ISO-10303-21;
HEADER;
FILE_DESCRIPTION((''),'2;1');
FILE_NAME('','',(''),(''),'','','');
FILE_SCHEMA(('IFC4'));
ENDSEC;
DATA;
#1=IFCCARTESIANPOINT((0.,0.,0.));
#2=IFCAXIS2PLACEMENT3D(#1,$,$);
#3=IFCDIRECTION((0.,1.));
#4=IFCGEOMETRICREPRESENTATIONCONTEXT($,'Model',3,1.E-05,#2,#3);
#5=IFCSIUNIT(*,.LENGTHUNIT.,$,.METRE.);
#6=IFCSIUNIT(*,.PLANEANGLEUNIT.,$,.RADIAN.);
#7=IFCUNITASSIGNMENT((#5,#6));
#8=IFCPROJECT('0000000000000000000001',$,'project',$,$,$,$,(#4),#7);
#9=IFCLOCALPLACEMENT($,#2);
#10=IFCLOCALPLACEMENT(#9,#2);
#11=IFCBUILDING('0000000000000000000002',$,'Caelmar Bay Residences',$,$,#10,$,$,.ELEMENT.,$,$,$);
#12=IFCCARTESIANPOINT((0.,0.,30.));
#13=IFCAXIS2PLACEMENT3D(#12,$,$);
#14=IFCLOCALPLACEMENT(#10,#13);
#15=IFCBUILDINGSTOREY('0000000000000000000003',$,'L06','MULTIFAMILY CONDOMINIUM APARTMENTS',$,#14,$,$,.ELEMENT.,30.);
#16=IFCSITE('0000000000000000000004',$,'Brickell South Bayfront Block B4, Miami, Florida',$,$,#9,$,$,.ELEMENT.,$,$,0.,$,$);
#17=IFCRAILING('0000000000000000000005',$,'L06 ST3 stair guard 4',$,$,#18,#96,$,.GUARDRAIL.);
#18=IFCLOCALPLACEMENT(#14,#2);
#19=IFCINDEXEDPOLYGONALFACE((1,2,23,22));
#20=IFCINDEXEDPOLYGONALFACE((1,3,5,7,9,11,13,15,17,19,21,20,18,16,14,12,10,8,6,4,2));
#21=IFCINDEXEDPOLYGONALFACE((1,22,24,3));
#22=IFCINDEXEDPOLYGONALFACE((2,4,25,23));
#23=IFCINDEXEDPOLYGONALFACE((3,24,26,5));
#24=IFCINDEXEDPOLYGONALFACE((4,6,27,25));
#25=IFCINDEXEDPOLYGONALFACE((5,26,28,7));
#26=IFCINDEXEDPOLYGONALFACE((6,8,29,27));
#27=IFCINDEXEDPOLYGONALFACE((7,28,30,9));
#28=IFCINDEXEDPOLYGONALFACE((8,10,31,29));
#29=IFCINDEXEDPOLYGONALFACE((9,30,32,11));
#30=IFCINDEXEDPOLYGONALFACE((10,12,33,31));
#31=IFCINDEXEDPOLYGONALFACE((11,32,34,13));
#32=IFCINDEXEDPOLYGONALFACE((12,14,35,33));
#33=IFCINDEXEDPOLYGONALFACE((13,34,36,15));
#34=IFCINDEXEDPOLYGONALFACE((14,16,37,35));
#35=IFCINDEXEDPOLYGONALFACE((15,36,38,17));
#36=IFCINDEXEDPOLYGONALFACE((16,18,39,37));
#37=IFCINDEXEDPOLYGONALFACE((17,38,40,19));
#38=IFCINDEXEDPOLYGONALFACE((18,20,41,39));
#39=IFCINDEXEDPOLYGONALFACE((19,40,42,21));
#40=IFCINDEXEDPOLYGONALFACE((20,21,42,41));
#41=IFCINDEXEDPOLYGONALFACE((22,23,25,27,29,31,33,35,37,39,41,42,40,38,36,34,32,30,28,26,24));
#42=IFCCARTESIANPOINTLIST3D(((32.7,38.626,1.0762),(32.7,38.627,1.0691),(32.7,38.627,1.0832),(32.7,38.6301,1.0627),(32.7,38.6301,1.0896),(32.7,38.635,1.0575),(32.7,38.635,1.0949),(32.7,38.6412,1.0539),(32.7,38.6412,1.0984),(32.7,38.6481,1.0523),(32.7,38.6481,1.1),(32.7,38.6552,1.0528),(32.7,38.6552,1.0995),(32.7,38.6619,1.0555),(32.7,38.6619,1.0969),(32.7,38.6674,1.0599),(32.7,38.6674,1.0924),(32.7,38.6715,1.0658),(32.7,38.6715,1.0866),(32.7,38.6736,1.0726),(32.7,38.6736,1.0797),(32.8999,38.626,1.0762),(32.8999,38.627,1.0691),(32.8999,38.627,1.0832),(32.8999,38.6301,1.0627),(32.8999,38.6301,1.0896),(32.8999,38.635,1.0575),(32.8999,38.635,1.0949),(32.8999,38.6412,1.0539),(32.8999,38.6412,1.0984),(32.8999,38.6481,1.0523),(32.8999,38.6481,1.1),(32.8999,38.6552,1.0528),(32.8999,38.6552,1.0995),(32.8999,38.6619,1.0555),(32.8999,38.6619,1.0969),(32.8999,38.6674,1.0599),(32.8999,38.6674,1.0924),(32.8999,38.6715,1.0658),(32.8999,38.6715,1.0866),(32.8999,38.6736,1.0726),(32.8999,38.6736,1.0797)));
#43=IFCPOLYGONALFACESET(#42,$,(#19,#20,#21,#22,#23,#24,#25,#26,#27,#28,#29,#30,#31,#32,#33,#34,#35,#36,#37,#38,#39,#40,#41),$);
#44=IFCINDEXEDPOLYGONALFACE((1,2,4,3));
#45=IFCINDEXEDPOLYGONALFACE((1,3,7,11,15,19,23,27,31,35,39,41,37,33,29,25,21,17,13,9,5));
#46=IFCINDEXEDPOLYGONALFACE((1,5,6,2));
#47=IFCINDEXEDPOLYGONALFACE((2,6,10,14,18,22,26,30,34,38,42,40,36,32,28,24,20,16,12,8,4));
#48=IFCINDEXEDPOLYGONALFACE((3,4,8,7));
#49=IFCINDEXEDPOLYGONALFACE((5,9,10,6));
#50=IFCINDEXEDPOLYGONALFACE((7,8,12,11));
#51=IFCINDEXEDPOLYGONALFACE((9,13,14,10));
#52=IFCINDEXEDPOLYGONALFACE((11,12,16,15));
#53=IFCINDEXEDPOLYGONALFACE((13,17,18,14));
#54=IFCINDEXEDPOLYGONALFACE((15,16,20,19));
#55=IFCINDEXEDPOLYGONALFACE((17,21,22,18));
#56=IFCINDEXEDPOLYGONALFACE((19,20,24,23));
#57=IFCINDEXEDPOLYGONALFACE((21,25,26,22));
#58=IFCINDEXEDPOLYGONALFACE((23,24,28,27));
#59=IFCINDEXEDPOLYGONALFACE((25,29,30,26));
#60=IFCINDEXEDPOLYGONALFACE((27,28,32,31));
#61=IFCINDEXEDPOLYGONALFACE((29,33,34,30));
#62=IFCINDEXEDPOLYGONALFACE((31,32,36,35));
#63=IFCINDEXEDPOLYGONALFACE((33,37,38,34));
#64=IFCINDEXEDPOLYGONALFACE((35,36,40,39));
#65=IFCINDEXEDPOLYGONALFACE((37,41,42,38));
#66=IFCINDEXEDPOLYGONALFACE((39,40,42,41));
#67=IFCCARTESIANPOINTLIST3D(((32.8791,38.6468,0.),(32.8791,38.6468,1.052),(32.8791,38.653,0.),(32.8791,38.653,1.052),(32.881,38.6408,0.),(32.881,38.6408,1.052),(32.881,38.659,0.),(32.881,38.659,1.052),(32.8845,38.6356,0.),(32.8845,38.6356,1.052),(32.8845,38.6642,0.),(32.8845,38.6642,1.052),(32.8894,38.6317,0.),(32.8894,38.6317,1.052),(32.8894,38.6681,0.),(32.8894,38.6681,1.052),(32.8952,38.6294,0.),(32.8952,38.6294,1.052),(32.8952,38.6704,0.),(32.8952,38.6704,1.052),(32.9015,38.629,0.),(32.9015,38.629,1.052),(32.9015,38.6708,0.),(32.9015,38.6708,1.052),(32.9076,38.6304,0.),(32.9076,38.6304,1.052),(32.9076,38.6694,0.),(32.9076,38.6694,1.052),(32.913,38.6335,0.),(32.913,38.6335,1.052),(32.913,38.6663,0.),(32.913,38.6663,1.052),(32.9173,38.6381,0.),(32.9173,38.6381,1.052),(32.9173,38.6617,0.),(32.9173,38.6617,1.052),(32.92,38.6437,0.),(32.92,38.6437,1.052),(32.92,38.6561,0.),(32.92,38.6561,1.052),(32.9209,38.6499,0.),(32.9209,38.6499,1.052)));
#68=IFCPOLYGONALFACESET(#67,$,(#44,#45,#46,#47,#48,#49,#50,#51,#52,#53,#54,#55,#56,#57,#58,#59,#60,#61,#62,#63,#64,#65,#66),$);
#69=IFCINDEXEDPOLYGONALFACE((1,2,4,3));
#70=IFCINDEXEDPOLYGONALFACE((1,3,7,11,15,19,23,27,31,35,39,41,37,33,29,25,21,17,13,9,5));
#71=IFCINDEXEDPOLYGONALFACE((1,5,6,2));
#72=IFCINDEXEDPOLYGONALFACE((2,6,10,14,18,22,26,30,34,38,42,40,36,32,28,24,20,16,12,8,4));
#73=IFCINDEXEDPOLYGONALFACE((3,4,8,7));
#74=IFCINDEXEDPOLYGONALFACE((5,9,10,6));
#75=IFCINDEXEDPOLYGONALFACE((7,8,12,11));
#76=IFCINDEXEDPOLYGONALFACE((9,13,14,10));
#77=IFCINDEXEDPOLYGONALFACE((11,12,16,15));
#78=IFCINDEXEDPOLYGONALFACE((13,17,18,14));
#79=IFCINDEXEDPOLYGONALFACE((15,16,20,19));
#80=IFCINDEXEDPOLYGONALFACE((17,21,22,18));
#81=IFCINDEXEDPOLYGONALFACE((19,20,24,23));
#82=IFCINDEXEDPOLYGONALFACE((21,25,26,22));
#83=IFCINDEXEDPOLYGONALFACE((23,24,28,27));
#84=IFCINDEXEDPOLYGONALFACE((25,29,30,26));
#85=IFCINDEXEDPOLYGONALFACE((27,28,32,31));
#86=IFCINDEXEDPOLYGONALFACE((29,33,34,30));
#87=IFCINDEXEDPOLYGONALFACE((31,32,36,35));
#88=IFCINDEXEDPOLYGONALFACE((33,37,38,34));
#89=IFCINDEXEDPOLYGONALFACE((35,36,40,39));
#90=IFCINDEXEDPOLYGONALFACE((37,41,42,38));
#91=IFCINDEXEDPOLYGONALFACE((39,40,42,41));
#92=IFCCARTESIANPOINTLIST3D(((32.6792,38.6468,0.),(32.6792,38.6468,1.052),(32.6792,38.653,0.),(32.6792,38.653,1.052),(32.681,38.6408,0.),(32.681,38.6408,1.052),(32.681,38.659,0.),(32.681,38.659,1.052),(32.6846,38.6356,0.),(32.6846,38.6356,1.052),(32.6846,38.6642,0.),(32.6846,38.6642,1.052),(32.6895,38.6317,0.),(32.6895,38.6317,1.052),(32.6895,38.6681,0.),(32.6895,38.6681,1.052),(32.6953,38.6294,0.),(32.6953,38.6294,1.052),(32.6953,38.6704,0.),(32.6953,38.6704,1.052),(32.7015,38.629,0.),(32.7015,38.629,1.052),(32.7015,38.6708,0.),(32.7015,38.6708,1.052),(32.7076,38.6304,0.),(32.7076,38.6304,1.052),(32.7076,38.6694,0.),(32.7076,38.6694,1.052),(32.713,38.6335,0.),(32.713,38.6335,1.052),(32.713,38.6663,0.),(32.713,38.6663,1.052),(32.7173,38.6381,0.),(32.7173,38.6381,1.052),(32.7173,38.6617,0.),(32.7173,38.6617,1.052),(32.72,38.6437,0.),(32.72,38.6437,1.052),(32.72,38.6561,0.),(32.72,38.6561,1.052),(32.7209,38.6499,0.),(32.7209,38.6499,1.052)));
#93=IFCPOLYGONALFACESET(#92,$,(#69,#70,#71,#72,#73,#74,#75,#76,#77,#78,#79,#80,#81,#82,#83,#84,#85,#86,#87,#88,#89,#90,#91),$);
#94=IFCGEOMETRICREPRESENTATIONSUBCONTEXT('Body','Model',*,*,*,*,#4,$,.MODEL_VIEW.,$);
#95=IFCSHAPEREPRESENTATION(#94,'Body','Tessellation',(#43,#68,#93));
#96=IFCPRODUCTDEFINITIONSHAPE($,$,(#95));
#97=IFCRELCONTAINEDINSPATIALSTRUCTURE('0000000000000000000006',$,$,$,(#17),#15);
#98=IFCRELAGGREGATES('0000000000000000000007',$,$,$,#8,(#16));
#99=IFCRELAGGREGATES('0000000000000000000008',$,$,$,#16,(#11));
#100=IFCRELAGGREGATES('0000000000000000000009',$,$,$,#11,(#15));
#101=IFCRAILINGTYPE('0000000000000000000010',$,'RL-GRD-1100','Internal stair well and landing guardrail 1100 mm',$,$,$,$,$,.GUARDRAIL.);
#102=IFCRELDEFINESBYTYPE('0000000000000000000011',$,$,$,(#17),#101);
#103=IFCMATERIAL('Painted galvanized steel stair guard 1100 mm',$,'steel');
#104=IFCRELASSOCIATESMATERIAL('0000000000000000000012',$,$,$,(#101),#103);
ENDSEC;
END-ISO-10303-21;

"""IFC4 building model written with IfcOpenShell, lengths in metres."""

from ifc_helpers import new_model, si_unit, direction, frame, origin, origin_2d, place, context, subcontext, project, spatial, circle, extrude, material, type_object, element, save


model = new_model("IFC4")

# Units and contexts
model_context = context("Model", 3, precision=1e-05, world=origin(), true_north=direction((0.0, 1.0)))
body_context = subcontext(model_context, "Body", "Model", "MODEL_VIEW")
ifc_project = project(units=[si_unit("LENGTHUNIT", "METRE"), si_unit("PLANEANGLEUNIT", "RADIAN")], contexts=[model_context])

# Site, building, storey
site_placement = place(None, origin())
site = spatial("IfcSite", under=ifc_project, at=site_placement, Name="Brickell South Bayfront Block B4, Miami, Florida", CompositionType="ELEMENT", RefElevation=0.0)
building_placement = place(site_placement, origin())
building = spatial("IfcBuilding", under=site, at=building_placement, Name="Caelmar Bay Residences", CompositionType="ELEMENT")
storey_placement = place(building_placement, frame((0.0, 0.0, 30.0)))
storey = spatial("IfcBuildingStorey", under=building, at=storey_placement, Name="L06", Description="MULTIFAMILY CONDOMINIUM APARTMENTS", CompositionType="ELEMENT", Elevation=30.0)

# Railing
ifc_material_1 = material(Name="Painted galvanized steel stair guard 1100 mm", Category="steel")
railing_type_1 = type_object("IfcRailingType", Name="RL-GRD-1100", Description="Internal stair well and landing guardrail 1100 mm", PredefinedType="GUARDRAIL", material=ifc_material_1)
railing_1_placement = place(storey_placement, frame((32.8999, 38.6499, 0.0)))
element("IfcRailing", 1, at=railing_1_placement, inside=storey, type_object=railing_type_1, Name="L06 ST3 stair guard 4", PredefinedType="GUARDRAIL", context=body_context, shape_type="SweptSolid", body=[
    extrude(circle(Radius=0.0239, at=origin_2d()), frame((0.0, 0.0, 1.0762), z_axis=(-1.0, 0.0, 0.0), x_axis=(0.0, -1.0, 0.0)), (0.0, 0.0, 1.0), 0.2),
    extrude(circle(Radius=0.021, at=origin_2d()), origin(), (0.0, 0.0, 1.0), 1.052),
    extrude(circle(Radius=0.021, at=origin_2d()), frame((-0.2, 0.0, 0.0)), (0.0, 0.0, 1.0), 1.052),
])

save(model, "model.ifc")
